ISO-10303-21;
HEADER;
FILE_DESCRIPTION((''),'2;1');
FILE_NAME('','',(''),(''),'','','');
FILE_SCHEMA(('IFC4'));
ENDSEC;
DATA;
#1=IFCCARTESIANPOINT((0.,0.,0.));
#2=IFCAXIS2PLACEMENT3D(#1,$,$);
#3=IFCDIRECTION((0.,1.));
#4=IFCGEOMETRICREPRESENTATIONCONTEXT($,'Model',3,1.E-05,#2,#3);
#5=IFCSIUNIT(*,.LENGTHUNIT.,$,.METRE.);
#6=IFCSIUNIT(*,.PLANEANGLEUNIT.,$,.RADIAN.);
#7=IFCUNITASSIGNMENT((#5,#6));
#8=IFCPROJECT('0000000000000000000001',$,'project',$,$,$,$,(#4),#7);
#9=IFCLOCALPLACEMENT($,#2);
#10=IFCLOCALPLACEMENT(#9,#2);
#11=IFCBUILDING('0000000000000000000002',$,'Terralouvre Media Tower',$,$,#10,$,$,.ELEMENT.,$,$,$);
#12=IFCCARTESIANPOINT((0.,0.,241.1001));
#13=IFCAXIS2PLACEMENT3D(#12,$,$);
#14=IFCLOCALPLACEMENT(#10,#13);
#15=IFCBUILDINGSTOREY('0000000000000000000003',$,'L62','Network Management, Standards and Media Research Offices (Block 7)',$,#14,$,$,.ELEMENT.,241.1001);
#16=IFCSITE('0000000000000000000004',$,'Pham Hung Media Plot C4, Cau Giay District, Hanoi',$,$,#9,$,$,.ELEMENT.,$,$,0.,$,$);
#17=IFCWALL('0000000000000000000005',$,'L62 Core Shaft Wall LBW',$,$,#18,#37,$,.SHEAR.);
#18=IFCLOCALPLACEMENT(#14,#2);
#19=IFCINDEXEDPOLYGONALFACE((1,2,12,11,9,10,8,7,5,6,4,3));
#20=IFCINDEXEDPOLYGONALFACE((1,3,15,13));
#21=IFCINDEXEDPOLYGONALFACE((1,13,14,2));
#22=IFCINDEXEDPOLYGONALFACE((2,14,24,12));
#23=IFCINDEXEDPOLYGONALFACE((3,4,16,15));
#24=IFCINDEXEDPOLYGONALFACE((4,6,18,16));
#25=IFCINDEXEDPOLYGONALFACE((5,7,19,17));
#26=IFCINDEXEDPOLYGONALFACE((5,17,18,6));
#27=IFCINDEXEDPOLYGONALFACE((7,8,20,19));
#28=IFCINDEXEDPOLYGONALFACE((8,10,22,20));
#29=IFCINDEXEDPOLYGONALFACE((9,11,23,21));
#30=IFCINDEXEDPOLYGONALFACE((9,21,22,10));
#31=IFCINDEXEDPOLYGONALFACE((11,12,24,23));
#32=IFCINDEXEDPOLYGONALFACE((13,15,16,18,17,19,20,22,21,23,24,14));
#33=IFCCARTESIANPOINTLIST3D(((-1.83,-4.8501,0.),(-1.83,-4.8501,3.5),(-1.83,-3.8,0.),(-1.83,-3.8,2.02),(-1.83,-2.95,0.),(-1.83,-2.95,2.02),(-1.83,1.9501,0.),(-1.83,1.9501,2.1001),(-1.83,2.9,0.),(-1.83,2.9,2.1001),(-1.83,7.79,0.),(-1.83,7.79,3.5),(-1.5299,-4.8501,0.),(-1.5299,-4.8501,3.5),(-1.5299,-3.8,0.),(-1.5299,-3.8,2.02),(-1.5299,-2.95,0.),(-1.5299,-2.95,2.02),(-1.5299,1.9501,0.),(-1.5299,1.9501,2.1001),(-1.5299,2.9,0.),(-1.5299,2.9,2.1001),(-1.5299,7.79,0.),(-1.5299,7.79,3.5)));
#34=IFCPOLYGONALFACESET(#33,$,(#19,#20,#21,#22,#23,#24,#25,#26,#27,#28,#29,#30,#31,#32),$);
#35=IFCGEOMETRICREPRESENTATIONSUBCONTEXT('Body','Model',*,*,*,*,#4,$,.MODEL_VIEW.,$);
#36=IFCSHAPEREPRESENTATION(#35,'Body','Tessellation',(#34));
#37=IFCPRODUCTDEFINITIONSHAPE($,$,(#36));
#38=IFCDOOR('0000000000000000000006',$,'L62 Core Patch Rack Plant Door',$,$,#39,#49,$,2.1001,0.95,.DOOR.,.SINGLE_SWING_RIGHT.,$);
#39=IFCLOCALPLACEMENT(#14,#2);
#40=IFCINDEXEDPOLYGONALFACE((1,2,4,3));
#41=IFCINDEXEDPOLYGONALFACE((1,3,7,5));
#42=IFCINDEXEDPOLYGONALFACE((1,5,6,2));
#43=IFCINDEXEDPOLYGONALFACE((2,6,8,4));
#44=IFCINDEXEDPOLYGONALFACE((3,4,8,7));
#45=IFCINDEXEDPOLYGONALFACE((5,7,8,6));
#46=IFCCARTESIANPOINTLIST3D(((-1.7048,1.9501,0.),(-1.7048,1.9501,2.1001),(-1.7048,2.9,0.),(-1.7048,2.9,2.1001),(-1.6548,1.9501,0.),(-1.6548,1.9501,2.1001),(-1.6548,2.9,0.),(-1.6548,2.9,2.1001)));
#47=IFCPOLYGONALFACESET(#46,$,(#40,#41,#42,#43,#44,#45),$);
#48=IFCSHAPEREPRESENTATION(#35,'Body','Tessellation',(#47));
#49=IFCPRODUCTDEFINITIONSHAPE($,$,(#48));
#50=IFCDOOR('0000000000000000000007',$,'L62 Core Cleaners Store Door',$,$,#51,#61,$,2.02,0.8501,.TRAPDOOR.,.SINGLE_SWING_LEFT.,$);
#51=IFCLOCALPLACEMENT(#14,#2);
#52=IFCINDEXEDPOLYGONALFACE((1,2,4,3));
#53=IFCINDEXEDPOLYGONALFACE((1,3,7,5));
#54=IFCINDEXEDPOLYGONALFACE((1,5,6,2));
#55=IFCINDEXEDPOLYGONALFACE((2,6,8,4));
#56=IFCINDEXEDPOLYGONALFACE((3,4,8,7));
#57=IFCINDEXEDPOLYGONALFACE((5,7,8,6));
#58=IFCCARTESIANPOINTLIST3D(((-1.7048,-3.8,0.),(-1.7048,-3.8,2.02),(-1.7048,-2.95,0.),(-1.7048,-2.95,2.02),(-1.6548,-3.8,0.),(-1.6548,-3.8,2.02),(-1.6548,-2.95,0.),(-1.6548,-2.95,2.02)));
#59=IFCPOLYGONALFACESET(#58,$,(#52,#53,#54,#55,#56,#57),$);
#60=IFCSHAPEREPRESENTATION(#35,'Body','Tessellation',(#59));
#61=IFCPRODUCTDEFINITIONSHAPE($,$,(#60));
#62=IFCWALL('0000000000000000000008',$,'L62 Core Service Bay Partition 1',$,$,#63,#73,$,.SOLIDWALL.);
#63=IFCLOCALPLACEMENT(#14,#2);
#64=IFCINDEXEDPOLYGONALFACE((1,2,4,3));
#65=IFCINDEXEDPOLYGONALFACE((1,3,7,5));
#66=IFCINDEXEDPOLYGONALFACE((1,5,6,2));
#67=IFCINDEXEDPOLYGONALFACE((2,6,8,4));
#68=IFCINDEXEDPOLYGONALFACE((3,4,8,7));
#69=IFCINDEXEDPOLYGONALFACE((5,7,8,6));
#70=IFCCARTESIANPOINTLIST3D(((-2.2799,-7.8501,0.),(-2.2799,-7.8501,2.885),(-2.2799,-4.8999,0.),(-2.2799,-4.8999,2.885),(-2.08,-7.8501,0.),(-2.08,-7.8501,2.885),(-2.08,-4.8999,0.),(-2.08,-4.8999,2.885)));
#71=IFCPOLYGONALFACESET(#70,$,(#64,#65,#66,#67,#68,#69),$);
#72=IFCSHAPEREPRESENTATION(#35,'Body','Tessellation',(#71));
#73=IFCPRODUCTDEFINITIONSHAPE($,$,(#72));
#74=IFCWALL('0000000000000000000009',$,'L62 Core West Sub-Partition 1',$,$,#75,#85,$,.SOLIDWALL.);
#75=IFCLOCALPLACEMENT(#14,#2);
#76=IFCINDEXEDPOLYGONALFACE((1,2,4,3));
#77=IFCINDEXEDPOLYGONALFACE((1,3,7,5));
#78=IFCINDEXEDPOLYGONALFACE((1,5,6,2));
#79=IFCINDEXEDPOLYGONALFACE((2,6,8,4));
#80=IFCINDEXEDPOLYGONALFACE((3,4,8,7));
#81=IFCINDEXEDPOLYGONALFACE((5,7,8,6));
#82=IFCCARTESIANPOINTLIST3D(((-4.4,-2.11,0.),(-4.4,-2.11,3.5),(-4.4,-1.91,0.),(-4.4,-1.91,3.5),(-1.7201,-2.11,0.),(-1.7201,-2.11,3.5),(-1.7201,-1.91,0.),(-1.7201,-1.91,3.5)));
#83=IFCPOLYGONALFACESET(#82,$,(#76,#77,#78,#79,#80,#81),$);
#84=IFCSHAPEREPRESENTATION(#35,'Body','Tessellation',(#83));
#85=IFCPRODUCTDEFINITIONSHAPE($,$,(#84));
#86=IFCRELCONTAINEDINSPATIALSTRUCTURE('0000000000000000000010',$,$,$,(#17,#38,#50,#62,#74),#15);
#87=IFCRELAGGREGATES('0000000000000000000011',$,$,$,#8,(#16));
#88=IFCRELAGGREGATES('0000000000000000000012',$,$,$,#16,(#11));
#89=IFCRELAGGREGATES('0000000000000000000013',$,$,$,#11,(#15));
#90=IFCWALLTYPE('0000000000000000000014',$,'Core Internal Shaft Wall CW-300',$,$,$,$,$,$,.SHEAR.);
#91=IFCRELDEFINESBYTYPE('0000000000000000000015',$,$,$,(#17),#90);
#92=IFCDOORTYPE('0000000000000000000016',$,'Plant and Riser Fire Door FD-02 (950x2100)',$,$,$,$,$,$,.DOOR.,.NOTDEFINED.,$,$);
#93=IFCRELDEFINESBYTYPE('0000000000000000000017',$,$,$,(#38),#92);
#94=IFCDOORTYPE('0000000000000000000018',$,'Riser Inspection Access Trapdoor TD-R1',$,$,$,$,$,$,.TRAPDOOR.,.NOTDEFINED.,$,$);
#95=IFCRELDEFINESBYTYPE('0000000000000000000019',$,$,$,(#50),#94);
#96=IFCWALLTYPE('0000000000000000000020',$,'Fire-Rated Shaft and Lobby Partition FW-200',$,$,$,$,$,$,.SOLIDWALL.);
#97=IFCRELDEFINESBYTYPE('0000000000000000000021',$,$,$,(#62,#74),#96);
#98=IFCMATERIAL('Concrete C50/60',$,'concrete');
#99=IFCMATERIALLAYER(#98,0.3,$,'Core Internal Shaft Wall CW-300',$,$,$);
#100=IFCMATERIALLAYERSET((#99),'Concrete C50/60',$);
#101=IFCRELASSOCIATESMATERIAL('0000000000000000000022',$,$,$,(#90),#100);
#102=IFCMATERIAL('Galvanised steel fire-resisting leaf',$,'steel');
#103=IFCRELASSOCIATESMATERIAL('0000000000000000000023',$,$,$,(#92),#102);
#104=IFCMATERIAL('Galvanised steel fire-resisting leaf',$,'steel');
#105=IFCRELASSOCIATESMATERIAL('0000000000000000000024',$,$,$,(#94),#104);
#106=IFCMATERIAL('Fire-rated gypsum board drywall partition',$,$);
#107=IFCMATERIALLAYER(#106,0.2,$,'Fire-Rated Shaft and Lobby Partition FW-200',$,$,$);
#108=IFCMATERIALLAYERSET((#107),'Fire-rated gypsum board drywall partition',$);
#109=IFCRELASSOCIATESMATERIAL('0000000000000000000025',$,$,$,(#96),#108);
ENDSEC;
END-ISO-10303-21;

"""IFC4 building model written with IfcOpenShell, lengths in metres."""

from ifc_helpers import new_model, si_unit, direction, frame, frame_2d, origin, place, context, subcontext, project, spatial, rectangle, extrude, material, layer, layer_set, type_object, element, fill, save


model = new_model("IFC4")

# Units and contexts
model_context = context("Model", 3, precision=1e-05, world=origin(), true_north=direction((0.0, 1.0)))
body_context = subcontext(model_context, "Body", "Model", "MODEL_VIEW")
ifc_project = project(units=[si_unit("LENGTHUNIT", "METRE"), si_unit("PLANEANGLEUNIT", "RADIAN")], contexts=[model_context])

# Site, building, storey
site_placement = place(None, origin())
site = spatial("IfcSite", under=ifc_project, at=site_placement, Name="Pham Hung Media Plot C4, Cau Giay District, Hanoi", CompositionType="ELEMENT", RefElevation=0.0)
building_placement = place(site_placement, origin())
building = spatial("IfcBuilding", under=site, at=building_placement, Name="Terralouvre Media Tower", CompositionType="ELEMENT")
storey_placement = place(building_placement, frame((0.0, 0.0, 241.1001)))
storey = spatial("IfcBuildingStorey", under=building, at=storey_placement, Name="L62", Description="Network Management, Standards and Media Research Offices (Block 7)", CompositionType="ELEMENT", Elevation=241.1001)

# Shared definitions
ifc_material_1 = material(Name="Concrete C50/60", Category="concrete")
ifc_layer_1 = layer(ifc_material_1, 0.3, Name="Core Internal Shaft Wall CW-300")
ifc_layer_set_1 = layer_set([ifc_layer_1], Name="Concrete C50/60")
wall_type_1 = type_object("IfcWallType", Name="Core Internal Shaft Wall CW-300", PredefinedType="SHEAR", material=ifc_layer_set_1)

# Wall, openings, doors
wall_1_placement = place(storey_placement, frame((-1.6799, -4.8501, 0.0), z_axis=(0.0, 0.0, 1.0), x_axis=(0.0, 1.0, 0.0)))
wall_1 = element("IfcWall", 1, at=wall_1_placement, inside=storey, type_object=wall_type_1, Name="L62 Core Shaft Wall LBW", PredefinedType="SHEAR", context=body_context, shape_type="SweptSolid", body=[
    extrude(rectangle(XDim=12.6401, YDim=0.3, at=frame_2d((6.3201, 0.0))), origin(), (0.0, 0.0, 1.0), 3.5),
])
opening_1_placement = place(wall_1_placement, frame((1.05, 0.0, 0.0)))
opening_1 = element("IfcOpeningElement", 2, at=opening_1_placement, cuts=wall_1, PredefinedType="OPENING", context=body_context, shape_type="SweptSolid", body=[
    extrude(rectangle(XDim=0.8501, YDim=2.02, at=frame_2d((0.425, 1.01))), frame((0.0, 0.1599, 0.0), z_axis=(0.0, -1.0, 0.0), x_axis=(1.0, 0.0, 0.0)), (0.0, 0.0, 1.0), 0.3201),
])
opening_2_placement = place(wall_1_placement, frame((6.8, 0.0, 0.0)))
opening_2 = element("IfcOpeningElement", 3, at=opening_2_placement, cuts=wall_1, PredefinedType="OPENING", context=body_context, shape_type="SweptSolid", body=[
    extrude(rectangle(XDim=0.95, YDim=2.1001, at=frame_2d((0.4751, 1.05))), frame((0.0, 0.1599, 0.0), z_axis=(0.0, -1.0, 0.0), x_axis=(1.0, 0.0, 0.0)), (0.0, 0.0, 1.0), 0.3201),
])
ifc_material_2 = material(Name="Galvanised steel fire-resisting leaf", Category="steel")
door_type_1 = type_object("IfcDoorType", Name="Plant and Riser Fire Door FD-02 (950x2100)", OperationType="NOTDEFINED", PredefinedType="DOOR", material=ifc_material_2)
door_1_placement = place(opening_2_placement, origin())
door_1 = element("IfcDoor", 4, at=door_1_placement, inside=storey, type_object=door_type_1, Name="L62 Core Patch Rack Plant Door", OperationType="SINGLE_SWING_RIGHT", OverallHeight=2.1001, OverallWidth=0.95, PredefinedType="DOOR", context=body_context, shape_type="SweptSolid", body=[
    extrude(rectangle(XDim=0.95, YDim=2.1001, at=frame_2d((0.4751, 1.05))), frame((0.0, 0.0249, 0.0), z_axis=(0.0, -1.0, 0.0), x_axis=(1.0, 0.0, 0.0)), (0.0, 0.0, 1.0), 0.05),
])
fill(opening_2, door_1)
ifc_material_3 = material(Name="Galvanised steel fire-resisting leaf", Category="steel")
door_type_2 = type_object("IfcDoorType", Name="Riser Inspection Access Trapdoor TD-R1", OperationType="NOTDEFINED", PredefinedType="TRAPDOOR", material=ifc_material_3)
door_2_placement = place(opening_1_placement, origin())
door_2 = element("IfcDoor", 5, at=door_2_placement, inside=storey, type_object=door_type_2, Name="L62 Core Cleaners Store Door", OperationType="SINGLE_SWING_LEFT", OverallHeight=2.02, OverallWidth=0.8501, PredefinedType="TRAPDOOR", context=body_context, shape_type="SweptSolid", body=[
    extrude(rectangle(XDim=0.8501, YDim=2.02, at=frame_2d((0.425, 1.01))), frame((0.0, 0.0249, 0.0), z_axis=(0.0, -1.0, 0.0), x_axis=(1.0, 0.0, 0.0)), (0.0, 0.0, 1.0), 0.05),
])
fill(opening_1, door_2)

# Walls
ifc_material_4 = material(Name="Fire-rated gypsum board drywall partition")
ifc_layer_2 = layer(ifc_material_4, 0.2, Name="Fire-Rated Shaft and Lobby Partition FW-200")
ifc_layer_set_2 = layer_set([ifc_layer_2], Name="Fire-rated gypsum board drywall partition")
wall_type_2 = type_object("IfcWallType", Name="Fire-Rated Shaft and Lobby Partition FW-200", PredefinedType="SOLIDWALL", material=ifc_layer_set_2)
wall_2_placement = place(storey_placement, frame((-2.1799, -7.8501, 0.0), z_axis=(0.0, 0.0, 1.0), x_axis=(0.0, 1.0, 0.0)))
element("IfcWall", 6, at=wall_2_placement, inside=storey, type_object=wall_type_2, Name="L62 Core Service Bay Partition 1", PredefinedType="SOLIDWALL", context=body_context, shape_type="SweptSolid", body=[
    extrude(rectangle(XDim=2.9502, YDim=0.2, at=frame_2d((1.4751, 0.0))), origin(), (0.0, 0.0, 1.0), 2.885),
])
wall_3_placement = place(storey_placement, frame((-4.3999, -2.01, 0.0), z_axis=(0.0, 0.0, 1.0), x_axis=(1.0, 0.0, 0.0)))
element("IfcWall", 7, at=wall_3_placement, inside=storey, type_object=wall_type_2, Name="L62 Core West Sub-Partition 1", PredefinedType="SOLIDWALL", context=body_context, shape_type="SweptSolid", body=[
    extrude(rectangle(XDim=2.6799, YDim=0.2, at=frame_2d((1.3398, 0.0))), origin(), (0.0, 0.0, 1.0), 3.5),
])

save(model, "model.ifc")
